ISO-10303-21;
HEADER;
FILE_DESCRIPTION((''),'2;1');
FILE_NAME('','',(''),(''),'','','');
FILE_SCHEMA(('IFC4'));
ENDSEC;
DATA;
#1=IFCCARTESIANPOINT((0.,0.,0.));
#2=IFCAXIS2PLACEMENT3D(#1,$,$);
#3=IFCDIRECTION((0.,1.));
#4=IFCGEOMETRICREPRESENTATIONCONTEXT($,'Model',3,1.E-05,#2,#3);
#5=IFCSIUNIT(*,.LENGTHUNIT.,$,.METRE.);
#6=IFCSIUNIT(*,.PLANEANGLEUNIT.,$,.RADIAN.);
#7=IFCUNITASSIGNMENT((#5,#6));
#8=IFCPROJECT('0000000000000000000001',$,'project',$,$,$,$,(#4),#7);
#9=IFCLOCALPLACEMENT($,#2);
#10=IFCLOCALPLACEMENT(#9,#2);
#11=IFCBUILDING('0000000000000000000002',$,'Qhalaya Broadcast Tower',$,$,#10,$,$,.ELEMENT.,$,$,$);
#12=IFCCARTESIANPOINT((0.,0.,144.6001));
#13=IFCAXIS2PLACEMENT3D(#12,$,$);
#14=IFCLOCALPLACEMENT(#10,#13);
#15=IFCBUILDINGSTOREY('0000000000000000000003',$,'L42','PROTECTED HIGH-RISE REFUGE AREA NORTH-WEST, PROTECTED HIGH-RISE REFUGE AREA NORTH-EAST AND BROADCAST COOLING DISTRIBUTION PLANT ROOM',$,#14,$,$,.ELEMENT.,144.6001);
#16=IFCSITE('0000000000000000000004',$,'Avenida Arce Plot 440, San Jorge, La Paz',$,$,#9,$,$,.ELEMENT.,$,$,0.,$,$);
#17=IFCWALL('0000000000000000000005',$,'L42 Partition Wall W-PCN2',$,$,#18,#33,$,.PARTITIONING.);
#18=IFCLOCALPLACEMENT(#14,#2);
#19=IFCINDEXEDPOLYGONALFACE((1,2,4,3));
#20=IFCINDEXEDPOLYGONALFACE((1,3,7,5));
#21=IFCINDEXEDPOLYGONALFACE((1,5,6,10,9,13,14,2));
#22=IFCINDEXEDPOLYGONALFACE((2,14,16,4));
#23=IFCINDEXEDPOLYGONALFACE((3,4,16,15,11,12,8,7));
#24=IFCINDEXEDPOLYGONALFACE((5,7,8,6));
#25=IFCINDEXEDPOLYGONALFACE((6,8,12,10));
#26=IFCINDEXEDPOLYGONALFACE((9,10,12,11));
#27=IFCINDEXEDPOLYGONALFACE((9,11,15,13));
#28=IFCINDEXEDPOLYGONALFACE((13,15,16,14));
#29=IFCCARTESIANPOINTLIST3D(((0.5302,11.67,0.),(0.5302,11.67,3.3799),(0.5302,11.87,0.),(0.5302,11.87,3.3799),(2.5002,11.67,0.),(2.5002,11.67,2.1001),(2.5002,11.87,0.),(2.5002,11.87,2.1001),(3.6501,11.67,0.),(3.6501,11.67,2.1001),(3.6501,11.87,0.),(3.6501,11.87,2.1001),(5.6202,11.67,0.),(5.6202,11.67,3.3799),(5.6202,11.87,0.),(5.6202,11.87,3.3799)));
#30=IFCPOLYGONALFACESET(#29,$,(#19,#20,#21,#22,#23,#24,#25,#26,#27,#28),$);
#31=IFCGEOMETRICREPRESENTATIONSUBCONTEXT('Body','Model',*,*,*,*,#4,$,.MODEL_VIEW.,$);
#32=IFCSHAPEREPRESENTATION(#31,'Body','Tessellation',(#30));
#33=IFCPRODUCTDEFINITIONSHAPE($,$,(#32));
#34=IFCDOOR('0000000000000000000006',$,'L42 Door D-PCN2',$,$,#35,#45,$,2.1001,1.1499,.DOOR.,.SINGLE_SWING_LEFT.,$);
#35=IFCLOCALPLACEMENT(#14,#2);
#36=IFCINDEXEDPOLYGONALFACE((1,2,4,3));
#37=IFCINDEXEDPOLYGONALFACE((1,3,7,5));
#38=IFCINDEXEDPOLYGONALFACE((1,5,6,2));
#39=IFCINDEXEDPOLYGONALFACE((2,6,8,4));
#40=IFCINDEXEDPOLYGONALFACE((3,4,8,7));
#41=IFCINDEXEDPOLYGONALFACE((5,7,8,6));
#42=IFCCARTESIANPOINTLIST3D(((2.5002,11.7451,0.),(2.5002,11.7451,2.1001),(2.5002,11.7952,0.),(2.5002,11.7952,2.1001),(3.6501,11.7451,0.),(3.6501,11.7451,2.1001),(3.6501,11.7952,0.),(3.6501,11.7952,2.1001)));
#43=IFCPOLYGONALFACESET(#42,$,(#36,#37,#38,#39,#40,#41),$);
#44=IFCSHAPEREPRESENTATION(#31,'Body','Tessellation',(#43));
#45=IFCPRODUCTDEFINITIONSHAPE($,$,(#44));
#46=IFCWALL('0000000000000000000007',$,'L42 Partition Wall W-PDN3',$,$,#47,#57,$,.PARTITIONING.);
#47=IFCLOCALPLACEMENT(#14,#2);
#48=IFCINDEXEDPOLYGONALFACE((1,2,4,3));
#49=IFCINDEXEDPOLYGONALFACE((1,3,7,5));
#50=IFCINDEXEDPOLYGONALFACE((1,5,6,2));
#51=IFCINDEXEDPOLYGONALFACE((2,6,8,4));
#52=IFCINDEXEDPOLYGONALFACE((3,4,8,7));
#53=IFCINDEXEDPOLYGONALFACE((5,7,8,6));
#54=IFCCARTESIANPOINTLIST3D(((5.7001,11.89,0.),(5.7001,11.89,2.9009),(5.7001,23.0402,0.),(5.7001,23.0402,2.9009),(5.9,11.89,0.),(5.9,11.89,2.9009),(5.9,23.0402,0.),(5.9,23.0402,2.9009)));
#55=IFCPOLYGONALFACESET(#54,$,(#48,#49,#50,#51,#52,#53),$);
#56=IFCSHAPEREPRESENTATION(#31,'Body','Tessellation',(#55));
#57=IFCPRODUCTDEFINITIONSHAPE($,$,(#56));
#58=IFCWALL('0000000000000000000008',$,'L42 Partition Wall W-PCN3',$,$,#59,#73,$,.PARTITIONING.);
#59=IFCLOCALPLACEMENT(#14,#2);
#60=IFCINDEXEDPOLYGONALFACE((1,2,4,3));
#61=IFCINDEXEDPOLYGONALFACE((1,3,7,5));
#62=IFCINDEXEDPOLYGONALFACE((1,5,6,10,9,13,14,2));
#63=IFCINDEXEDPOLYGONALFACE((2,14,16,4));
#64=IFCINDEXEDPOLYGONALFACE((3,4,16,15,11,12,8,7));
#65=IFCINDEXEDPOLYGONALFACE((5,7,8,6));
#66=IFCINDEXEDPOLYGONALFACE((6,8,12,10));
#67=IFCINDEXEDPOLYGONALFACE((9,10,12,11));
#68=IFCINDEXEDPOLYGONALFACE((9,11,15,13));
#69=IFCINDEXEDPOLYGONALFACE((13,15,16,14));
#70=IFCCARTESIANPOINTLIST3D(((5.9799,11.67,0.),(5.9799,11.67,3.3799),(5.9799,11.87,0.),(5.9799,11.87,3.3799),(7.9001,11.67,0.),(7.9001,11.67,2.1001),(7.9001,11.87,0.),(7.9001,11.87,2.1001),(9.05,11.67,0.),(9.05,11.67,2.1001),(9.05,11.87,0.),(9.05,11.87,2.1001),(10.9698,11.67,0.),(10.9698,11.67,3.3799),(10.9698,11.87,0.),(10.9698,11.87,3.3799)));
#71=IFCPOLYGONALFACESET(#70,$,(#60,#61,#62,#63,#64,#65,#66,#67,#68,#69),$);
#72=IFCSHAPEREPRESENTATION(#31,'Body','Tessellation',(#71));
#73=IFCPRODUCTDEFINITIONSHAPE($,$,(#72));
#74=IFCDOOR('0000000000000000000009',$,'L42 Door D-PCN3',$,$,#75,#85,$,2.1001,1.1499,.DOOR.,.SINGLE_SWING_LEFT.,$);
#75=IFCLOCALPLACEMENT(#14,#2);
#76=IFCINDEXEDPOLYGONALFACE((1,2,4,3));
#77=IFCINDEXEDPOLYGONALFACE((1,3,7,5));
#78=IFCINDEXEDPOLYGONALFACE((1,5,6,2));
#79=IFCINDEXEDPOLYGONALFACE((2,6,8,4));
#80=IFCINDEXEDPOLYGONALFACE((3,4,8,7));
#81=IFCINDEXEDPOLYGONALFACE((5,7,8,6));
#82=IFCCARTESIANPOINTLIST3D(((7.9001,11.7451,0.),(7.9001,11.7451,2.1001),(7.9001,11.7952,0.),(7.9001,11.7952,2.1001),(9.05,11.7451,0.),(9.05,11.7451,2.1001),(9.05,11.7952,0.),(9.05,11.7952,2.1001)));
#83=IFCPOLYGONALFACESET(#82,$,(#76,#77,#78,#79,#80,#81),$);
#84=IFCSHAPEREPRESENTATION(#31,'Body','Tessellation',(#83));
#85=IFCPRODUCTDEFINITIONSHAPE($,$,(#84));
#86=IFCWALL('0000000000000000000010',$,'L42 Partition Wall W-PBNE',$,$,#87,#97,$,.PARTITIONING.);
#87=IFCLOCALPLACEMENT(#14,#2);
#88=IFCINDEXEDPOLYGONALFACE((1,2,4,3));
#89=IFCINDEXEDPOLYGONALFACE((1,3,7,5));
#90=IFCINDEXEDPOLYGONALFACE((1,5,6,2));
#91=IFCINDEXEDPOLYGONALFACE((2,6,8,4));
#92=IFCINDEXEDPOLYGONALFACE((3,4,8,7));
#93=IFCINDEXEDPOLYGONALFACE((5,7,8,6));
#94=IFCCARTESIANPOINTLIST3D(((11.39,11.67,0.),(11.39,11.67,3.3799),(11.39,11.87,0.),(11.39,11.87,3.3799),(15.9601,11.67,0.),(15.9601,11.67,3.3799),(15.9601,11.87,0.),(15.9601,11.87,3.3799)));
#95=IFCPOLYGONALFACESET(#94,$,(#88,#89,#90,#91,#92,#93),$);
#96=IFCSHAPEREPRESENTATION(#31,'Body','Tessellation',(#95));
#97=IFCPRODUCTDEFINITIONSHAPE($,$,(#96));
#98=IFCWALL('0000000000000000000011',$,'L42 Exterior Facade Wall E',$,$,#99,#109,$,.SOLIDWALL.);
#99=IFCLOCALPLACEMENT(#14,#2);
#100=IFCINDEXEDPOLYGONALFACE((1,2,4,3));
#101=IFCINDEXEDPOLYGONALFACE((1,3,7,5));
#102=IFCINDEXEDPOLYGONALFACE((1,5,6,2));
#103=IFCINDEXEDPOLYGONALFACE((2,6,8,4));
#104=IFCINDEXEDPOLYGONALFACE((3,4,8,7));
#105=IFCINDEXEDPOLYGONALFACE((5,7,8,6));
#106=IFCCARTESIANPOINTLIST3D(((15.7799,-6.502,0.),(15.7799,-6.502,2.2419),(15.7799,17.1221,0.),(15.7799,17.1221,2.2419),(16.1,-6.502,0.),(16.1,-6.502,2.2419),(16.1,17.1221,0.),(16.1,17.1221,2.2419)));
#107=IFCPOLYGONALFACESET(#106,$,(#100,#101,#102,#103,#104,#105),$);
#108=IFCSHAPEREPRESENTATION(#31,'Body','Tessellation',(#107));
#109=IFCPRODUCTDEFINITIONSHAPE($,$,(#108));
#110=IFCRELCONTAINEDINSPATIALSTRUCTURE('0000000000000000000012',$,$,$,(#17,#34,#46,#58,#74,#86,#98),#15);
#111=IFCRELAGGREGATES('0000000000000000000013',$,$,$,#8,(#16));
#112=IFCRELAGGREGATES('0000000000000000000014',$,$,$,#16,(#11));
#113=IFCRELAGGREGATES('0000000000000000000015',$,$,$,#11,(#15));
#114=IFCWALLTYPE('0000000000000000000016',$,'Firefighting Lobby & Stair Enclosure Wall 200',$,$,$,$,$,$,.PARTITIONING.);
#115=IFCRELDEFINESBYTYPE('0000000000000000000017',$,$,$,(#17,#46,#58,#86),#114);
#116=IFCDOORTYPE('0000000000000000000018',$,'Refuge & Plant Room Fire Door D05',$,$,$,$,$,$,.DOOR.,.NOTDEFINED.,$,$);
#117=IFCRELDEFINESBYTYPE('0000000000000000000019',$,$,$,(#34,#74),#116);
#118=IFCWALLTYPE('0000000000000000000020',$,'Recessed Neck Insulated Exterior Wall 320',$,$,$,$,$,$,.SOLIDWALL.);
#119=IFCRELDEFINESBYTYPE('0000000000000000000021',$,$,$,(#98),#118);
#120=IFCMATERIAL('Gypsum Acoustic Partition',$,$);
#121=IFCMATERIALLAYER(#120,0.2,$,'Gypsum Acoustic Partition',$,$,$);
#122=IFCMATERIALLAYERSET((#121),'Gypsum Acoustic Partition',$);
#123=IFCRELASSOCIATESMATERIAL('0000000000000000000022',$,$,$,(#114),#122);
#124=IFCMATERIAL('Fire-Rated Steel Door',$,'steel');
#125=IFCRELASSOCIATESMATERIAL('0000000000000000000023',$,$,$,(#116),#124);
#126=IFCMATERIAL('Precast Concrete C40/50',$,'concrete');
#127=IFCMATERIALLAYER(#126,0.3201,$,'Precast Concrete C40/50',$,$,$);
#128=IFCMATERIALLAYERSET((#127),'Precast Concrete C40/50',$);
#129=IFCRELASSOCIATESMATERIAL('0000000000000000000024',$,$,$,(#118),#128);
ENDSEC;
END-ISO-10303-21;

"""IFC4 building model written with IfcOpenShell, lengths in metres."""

from ifc_helpers import new_model, si_unit, direction, frame, frame_2d, origin, place, context, subcontext, project, spatial, rectangle, extrude, material, layer, layer_set, type_object, element, fill, save


model = new_model("IFC4")

# Units and contexts
model_context = context("Model", 3, precision=1e-05, world=origin(), true_north=direction((0.0, 1.0)))
body_context = subcontext(model_context, "Body", "Model", "MODEL_VIEW")
ifc_project = project(units=[si_unit("LENGTHUNIT", "METRE"), si_unit("PLANEANGLEUNIT", "RADIAN")], contexts=[model_context])

# Site, building, storey
site_placement = place(None, origin())
site = spatial("IfcSite", under=ifc_project, at=site_placement, Name="Avenida Arce Plot 440, San Jorge, La Paz", CompositionType="ELEMENT", RefElevation=0.0)
building_placement = place(site_placement, origin())
building = spatial("IfcBuilding", under=site, at=building_placement, Name="Qhalaya Broadcast Tower", CompositionType="ELEMENT")
storey_placement = place(building_placement, frame((0.0, 0.0, 144.6001)))
storey = spatial("IfcBuildingStorey", under=building, at=storey_placement, Name="L42", Description="PROTECTED HIGH-RISE REFUGE AREA NORTH-WEST, PROTECTED HIGH-RISE REFUGE AREA NORTH-EAST AND BROADCAST COOLING DISTRIBUTION PLANT ROOM", CompositionType="ELEMENT", Elevation=144.6001)

# Wall, opening, door
ifc_material_1 = material(Name="Gypsum Acoustic Partition")
ifc_layer_1 = layer(ifc_material_1, 0.2, Name="Gypsum Acoustic Partition")
ifc_layer_set_1 = layer_set([ifc_layer_1], Name="Gypsum Acoustic Partition")
wall_type_1 = type_object("IfcWallType", Name="Firefighting Lobby & Stair Enclosure Wall 200", PredefinedType="PARTITIONING", material=ifc_layer_set_1)
wall_1_placement = place(storey_placement, frame((5.6201, 11.77, 0.0), z_axis=(0.0, 0.0, 1.0), x_axis=(-1.0, 0.0, 0.0)))
wall_1 = element("IfcWall", 1, at=wall_1_placement, inside=storey, type_object=wall_type_1, Name="L42 Partition Wall W-PCN2", PredefinedType="PARTITIONING", context=body_context, shape_type="SweptSolid", body=[
    extrude(rectangle(XDim=5.0901, YDim=0.2, at=frame_2d((2.5449, 0.0))), origin(), (0.0, 0.0, 1.0), 3.3799),
])
opening_1_placement = place(wall_1_placement, frame((1.97, 0.0, 0.0)))
opening_1 = element("IfcOpeningElement", 2, at=opening_1_placement, cuts=wall_1, PredefinedType="OPENING", context=body_context, shape_type="SweptSolid", body=[
    extrude(rectangle(XDim=1.1499, YDim=2.1001, at=frame_2d((0.575, 1.05))), frame((0.0, 0.1121, 0.0), z_axis=(0.0, -1.0, 0.0), x_axis=(1.0, 0.0, 0.0)), (0.0, 0.0, 1.0), 0.2239),
])
ifc_material_2 = material(Name="Fire-Rated Steel Door", Category="steel")
door_type = type_object("IfcDoorType", Name="Refuge & Plant Room Fire Door D05", OperationType="NOTDEFINED", PredefinedType="DOOR", material=ifc_material_2)
door_1_placement = place(opening_1_placement, origin())
door_1 = element("IfcDoor", 3, at=door_1_placement, inside=storey, type_object=door_type, Name="L42 Door D-PCN2", OperationType="SINGLE_SWING_LEFT", OverallHeight=2.1001, OverallWidth=1.1499, PredefinedType="DOOR", context=body_context, shape_type="SweptSolid", body=[
    extrude(rectangle(XDim=1.1499, YDim=2.1001, at=frame_2d((0.575, 1.05))), frame((0.0, 0.0249, 0.0), z_axis=(0.0, -1.0, 0.0), x_axis=(1.0, 0.0, 0.0)), (0.0, 0.0, 1.0), 0.05),
])
fill(opening_1, door_1)

# Wall
wall_2_placement = place(storey_placement, frame((5.8, 11.8899, 0.0), z_axis=(0.0, 0.0, 1.0), x_axis=(0.0, 1.0, 0.0)))
element("IfcWall", 4, at=wall_2_placement, inside=storey, type_object=wall_type_1, Name="L42 Partition Wall W-PDN3", PredefinedType="PARTITIONING", context=body_context, shape_type="SweptSolid", body=[
    extrude(rectangle(XDim=11.1501, YDim=0.2, at=frame_2d((5.5752, 0.0))), origin(), (0.0, 0.0, 1.0), 2.9009),
])

# Wall, opening, door
wall_3_placement = place(storey_placement, frame((10.97, 11.77, 0.0), z_axis=(0.0, 0.0, 1.0), x_axis=(-1.0, 0.0, 0.0)))
wall_3 = element("IfcWall", 5, at=wall_3_placement, inside=storey, type_object=wall_type_1, Name="L42 Partition Wall W-PCN3", PredefinedType="PARTITIONING", context=body_context, shape_type="SweptSolid", body=[
    extrude(rectangle(XDim=4.99, YDim=0.2, at=frame_2d((2.4951, 0.0))), origin(), (0.0, 0.0, 1.0), 3.3799),
])
opening_2_placement = place(wall_3_placement, frame((1.9199, 0.0, 0.0)))
opening_2 = element("IfcOpeningElement", 6, at=opening_2_placement, cuts=wall_3, PredefinedType="OPENING", context=body_context, shape_type="SweptSolid", body=[
    extrude(rectangle(XDim=1.1499, YDim=2.1001, at=frame_2d((0.575, 1.05))), frame((0.0, 0.1121, 0.0), z_axis=(0.0, -1.0, 0.0), x_axis=(1.0, 0.0, 0.0)), (0.0, 0.0, 1.0), 0.2239),
])
door_2_placement = place(opening_2_placement, origin())
door_2 = element("IfcDoor", 7, at=door_2_placement, inside=storey, type_object=door_type, Name="L42 Door D-PCN3", OperationType="SINGLE_SWING_LEFT", OverallHeight=2.1001, OverallWidth=1.1499, PredefinedType="DOOR", context=body_context, shape_type="SweptSolid", body=[
    extrude(rectangle(XDim=1.1499, YDim=2.1001, at=frame_2d((0.575, 1.05))), frame((0.0, 0.0249, 0.0), z_axis=(0.0, -1.0, 0.0), x_axis=(1.0, 0.0, 0.0)), (0.0, 0.0, 1.0), 0.05),
])
fill(opening_2, door_2)

# Walls
wall_4_placement = place(storey_placement, frame((11.3899, 11.77, 0.0), z_axis=(0.0, 0.0, 1.0), x_axis=(1.0, 0.0, 0.0)))
element("IfcWall", 8, at=wall_4_placement, inside=storey, type_object=wall_type_1, Name="L42 Partition Wall W-PBNE", PredefinedType="PARTITIONING", context=body_context, shape_type="SweptSolid", body=[
    extrude(rectangle(XDim=4.5701, YDim=0.2, at=frame_2d((2.2852, 0.0))), origin(), (0.0, 0.0, 1.0), 3.3799),
])
ifc_material_3 = material(Name="Precast Concrete C40/50", Category="concrete")
ifc_layer_2 = layer(ifc_material_3, 0.3201, Name="Precast Concrete C40/50")
ifc_layer_set_2 = layer_set([ifc_layer_2], Name="Precast Concrete C40/50")
wall_type_2 = type_object("IfcWallType", Name="Recessed Neck Insulated Exterior Wall 320", PredefinedType="SOLIDWALL", material=ifc_layer_set_2)
wall_5_placement = place(storey_placement, frame((15.9399, 17.1221, 0.0), z_axis=(0.0, 0.0, 1.0), x_axis=(0.0, -1.0, 0.0)))
element("IfcWall", 9, at=wall_5_placement, inside=storey, type_object=wall_type_2, Name="L42 Exterior Facade Wall E", PredefinedType="SOLIDWALL", context=body_context, shape_type="SweptSolid", body=[
    extrude(rectangle(XDim=23.624, YDim=0.3201, at=frame_2d((11.812, 0.0))), origin(), (0.0, 0.0, 1.0), 2.2419),
])

save(model, "model.ifc")
